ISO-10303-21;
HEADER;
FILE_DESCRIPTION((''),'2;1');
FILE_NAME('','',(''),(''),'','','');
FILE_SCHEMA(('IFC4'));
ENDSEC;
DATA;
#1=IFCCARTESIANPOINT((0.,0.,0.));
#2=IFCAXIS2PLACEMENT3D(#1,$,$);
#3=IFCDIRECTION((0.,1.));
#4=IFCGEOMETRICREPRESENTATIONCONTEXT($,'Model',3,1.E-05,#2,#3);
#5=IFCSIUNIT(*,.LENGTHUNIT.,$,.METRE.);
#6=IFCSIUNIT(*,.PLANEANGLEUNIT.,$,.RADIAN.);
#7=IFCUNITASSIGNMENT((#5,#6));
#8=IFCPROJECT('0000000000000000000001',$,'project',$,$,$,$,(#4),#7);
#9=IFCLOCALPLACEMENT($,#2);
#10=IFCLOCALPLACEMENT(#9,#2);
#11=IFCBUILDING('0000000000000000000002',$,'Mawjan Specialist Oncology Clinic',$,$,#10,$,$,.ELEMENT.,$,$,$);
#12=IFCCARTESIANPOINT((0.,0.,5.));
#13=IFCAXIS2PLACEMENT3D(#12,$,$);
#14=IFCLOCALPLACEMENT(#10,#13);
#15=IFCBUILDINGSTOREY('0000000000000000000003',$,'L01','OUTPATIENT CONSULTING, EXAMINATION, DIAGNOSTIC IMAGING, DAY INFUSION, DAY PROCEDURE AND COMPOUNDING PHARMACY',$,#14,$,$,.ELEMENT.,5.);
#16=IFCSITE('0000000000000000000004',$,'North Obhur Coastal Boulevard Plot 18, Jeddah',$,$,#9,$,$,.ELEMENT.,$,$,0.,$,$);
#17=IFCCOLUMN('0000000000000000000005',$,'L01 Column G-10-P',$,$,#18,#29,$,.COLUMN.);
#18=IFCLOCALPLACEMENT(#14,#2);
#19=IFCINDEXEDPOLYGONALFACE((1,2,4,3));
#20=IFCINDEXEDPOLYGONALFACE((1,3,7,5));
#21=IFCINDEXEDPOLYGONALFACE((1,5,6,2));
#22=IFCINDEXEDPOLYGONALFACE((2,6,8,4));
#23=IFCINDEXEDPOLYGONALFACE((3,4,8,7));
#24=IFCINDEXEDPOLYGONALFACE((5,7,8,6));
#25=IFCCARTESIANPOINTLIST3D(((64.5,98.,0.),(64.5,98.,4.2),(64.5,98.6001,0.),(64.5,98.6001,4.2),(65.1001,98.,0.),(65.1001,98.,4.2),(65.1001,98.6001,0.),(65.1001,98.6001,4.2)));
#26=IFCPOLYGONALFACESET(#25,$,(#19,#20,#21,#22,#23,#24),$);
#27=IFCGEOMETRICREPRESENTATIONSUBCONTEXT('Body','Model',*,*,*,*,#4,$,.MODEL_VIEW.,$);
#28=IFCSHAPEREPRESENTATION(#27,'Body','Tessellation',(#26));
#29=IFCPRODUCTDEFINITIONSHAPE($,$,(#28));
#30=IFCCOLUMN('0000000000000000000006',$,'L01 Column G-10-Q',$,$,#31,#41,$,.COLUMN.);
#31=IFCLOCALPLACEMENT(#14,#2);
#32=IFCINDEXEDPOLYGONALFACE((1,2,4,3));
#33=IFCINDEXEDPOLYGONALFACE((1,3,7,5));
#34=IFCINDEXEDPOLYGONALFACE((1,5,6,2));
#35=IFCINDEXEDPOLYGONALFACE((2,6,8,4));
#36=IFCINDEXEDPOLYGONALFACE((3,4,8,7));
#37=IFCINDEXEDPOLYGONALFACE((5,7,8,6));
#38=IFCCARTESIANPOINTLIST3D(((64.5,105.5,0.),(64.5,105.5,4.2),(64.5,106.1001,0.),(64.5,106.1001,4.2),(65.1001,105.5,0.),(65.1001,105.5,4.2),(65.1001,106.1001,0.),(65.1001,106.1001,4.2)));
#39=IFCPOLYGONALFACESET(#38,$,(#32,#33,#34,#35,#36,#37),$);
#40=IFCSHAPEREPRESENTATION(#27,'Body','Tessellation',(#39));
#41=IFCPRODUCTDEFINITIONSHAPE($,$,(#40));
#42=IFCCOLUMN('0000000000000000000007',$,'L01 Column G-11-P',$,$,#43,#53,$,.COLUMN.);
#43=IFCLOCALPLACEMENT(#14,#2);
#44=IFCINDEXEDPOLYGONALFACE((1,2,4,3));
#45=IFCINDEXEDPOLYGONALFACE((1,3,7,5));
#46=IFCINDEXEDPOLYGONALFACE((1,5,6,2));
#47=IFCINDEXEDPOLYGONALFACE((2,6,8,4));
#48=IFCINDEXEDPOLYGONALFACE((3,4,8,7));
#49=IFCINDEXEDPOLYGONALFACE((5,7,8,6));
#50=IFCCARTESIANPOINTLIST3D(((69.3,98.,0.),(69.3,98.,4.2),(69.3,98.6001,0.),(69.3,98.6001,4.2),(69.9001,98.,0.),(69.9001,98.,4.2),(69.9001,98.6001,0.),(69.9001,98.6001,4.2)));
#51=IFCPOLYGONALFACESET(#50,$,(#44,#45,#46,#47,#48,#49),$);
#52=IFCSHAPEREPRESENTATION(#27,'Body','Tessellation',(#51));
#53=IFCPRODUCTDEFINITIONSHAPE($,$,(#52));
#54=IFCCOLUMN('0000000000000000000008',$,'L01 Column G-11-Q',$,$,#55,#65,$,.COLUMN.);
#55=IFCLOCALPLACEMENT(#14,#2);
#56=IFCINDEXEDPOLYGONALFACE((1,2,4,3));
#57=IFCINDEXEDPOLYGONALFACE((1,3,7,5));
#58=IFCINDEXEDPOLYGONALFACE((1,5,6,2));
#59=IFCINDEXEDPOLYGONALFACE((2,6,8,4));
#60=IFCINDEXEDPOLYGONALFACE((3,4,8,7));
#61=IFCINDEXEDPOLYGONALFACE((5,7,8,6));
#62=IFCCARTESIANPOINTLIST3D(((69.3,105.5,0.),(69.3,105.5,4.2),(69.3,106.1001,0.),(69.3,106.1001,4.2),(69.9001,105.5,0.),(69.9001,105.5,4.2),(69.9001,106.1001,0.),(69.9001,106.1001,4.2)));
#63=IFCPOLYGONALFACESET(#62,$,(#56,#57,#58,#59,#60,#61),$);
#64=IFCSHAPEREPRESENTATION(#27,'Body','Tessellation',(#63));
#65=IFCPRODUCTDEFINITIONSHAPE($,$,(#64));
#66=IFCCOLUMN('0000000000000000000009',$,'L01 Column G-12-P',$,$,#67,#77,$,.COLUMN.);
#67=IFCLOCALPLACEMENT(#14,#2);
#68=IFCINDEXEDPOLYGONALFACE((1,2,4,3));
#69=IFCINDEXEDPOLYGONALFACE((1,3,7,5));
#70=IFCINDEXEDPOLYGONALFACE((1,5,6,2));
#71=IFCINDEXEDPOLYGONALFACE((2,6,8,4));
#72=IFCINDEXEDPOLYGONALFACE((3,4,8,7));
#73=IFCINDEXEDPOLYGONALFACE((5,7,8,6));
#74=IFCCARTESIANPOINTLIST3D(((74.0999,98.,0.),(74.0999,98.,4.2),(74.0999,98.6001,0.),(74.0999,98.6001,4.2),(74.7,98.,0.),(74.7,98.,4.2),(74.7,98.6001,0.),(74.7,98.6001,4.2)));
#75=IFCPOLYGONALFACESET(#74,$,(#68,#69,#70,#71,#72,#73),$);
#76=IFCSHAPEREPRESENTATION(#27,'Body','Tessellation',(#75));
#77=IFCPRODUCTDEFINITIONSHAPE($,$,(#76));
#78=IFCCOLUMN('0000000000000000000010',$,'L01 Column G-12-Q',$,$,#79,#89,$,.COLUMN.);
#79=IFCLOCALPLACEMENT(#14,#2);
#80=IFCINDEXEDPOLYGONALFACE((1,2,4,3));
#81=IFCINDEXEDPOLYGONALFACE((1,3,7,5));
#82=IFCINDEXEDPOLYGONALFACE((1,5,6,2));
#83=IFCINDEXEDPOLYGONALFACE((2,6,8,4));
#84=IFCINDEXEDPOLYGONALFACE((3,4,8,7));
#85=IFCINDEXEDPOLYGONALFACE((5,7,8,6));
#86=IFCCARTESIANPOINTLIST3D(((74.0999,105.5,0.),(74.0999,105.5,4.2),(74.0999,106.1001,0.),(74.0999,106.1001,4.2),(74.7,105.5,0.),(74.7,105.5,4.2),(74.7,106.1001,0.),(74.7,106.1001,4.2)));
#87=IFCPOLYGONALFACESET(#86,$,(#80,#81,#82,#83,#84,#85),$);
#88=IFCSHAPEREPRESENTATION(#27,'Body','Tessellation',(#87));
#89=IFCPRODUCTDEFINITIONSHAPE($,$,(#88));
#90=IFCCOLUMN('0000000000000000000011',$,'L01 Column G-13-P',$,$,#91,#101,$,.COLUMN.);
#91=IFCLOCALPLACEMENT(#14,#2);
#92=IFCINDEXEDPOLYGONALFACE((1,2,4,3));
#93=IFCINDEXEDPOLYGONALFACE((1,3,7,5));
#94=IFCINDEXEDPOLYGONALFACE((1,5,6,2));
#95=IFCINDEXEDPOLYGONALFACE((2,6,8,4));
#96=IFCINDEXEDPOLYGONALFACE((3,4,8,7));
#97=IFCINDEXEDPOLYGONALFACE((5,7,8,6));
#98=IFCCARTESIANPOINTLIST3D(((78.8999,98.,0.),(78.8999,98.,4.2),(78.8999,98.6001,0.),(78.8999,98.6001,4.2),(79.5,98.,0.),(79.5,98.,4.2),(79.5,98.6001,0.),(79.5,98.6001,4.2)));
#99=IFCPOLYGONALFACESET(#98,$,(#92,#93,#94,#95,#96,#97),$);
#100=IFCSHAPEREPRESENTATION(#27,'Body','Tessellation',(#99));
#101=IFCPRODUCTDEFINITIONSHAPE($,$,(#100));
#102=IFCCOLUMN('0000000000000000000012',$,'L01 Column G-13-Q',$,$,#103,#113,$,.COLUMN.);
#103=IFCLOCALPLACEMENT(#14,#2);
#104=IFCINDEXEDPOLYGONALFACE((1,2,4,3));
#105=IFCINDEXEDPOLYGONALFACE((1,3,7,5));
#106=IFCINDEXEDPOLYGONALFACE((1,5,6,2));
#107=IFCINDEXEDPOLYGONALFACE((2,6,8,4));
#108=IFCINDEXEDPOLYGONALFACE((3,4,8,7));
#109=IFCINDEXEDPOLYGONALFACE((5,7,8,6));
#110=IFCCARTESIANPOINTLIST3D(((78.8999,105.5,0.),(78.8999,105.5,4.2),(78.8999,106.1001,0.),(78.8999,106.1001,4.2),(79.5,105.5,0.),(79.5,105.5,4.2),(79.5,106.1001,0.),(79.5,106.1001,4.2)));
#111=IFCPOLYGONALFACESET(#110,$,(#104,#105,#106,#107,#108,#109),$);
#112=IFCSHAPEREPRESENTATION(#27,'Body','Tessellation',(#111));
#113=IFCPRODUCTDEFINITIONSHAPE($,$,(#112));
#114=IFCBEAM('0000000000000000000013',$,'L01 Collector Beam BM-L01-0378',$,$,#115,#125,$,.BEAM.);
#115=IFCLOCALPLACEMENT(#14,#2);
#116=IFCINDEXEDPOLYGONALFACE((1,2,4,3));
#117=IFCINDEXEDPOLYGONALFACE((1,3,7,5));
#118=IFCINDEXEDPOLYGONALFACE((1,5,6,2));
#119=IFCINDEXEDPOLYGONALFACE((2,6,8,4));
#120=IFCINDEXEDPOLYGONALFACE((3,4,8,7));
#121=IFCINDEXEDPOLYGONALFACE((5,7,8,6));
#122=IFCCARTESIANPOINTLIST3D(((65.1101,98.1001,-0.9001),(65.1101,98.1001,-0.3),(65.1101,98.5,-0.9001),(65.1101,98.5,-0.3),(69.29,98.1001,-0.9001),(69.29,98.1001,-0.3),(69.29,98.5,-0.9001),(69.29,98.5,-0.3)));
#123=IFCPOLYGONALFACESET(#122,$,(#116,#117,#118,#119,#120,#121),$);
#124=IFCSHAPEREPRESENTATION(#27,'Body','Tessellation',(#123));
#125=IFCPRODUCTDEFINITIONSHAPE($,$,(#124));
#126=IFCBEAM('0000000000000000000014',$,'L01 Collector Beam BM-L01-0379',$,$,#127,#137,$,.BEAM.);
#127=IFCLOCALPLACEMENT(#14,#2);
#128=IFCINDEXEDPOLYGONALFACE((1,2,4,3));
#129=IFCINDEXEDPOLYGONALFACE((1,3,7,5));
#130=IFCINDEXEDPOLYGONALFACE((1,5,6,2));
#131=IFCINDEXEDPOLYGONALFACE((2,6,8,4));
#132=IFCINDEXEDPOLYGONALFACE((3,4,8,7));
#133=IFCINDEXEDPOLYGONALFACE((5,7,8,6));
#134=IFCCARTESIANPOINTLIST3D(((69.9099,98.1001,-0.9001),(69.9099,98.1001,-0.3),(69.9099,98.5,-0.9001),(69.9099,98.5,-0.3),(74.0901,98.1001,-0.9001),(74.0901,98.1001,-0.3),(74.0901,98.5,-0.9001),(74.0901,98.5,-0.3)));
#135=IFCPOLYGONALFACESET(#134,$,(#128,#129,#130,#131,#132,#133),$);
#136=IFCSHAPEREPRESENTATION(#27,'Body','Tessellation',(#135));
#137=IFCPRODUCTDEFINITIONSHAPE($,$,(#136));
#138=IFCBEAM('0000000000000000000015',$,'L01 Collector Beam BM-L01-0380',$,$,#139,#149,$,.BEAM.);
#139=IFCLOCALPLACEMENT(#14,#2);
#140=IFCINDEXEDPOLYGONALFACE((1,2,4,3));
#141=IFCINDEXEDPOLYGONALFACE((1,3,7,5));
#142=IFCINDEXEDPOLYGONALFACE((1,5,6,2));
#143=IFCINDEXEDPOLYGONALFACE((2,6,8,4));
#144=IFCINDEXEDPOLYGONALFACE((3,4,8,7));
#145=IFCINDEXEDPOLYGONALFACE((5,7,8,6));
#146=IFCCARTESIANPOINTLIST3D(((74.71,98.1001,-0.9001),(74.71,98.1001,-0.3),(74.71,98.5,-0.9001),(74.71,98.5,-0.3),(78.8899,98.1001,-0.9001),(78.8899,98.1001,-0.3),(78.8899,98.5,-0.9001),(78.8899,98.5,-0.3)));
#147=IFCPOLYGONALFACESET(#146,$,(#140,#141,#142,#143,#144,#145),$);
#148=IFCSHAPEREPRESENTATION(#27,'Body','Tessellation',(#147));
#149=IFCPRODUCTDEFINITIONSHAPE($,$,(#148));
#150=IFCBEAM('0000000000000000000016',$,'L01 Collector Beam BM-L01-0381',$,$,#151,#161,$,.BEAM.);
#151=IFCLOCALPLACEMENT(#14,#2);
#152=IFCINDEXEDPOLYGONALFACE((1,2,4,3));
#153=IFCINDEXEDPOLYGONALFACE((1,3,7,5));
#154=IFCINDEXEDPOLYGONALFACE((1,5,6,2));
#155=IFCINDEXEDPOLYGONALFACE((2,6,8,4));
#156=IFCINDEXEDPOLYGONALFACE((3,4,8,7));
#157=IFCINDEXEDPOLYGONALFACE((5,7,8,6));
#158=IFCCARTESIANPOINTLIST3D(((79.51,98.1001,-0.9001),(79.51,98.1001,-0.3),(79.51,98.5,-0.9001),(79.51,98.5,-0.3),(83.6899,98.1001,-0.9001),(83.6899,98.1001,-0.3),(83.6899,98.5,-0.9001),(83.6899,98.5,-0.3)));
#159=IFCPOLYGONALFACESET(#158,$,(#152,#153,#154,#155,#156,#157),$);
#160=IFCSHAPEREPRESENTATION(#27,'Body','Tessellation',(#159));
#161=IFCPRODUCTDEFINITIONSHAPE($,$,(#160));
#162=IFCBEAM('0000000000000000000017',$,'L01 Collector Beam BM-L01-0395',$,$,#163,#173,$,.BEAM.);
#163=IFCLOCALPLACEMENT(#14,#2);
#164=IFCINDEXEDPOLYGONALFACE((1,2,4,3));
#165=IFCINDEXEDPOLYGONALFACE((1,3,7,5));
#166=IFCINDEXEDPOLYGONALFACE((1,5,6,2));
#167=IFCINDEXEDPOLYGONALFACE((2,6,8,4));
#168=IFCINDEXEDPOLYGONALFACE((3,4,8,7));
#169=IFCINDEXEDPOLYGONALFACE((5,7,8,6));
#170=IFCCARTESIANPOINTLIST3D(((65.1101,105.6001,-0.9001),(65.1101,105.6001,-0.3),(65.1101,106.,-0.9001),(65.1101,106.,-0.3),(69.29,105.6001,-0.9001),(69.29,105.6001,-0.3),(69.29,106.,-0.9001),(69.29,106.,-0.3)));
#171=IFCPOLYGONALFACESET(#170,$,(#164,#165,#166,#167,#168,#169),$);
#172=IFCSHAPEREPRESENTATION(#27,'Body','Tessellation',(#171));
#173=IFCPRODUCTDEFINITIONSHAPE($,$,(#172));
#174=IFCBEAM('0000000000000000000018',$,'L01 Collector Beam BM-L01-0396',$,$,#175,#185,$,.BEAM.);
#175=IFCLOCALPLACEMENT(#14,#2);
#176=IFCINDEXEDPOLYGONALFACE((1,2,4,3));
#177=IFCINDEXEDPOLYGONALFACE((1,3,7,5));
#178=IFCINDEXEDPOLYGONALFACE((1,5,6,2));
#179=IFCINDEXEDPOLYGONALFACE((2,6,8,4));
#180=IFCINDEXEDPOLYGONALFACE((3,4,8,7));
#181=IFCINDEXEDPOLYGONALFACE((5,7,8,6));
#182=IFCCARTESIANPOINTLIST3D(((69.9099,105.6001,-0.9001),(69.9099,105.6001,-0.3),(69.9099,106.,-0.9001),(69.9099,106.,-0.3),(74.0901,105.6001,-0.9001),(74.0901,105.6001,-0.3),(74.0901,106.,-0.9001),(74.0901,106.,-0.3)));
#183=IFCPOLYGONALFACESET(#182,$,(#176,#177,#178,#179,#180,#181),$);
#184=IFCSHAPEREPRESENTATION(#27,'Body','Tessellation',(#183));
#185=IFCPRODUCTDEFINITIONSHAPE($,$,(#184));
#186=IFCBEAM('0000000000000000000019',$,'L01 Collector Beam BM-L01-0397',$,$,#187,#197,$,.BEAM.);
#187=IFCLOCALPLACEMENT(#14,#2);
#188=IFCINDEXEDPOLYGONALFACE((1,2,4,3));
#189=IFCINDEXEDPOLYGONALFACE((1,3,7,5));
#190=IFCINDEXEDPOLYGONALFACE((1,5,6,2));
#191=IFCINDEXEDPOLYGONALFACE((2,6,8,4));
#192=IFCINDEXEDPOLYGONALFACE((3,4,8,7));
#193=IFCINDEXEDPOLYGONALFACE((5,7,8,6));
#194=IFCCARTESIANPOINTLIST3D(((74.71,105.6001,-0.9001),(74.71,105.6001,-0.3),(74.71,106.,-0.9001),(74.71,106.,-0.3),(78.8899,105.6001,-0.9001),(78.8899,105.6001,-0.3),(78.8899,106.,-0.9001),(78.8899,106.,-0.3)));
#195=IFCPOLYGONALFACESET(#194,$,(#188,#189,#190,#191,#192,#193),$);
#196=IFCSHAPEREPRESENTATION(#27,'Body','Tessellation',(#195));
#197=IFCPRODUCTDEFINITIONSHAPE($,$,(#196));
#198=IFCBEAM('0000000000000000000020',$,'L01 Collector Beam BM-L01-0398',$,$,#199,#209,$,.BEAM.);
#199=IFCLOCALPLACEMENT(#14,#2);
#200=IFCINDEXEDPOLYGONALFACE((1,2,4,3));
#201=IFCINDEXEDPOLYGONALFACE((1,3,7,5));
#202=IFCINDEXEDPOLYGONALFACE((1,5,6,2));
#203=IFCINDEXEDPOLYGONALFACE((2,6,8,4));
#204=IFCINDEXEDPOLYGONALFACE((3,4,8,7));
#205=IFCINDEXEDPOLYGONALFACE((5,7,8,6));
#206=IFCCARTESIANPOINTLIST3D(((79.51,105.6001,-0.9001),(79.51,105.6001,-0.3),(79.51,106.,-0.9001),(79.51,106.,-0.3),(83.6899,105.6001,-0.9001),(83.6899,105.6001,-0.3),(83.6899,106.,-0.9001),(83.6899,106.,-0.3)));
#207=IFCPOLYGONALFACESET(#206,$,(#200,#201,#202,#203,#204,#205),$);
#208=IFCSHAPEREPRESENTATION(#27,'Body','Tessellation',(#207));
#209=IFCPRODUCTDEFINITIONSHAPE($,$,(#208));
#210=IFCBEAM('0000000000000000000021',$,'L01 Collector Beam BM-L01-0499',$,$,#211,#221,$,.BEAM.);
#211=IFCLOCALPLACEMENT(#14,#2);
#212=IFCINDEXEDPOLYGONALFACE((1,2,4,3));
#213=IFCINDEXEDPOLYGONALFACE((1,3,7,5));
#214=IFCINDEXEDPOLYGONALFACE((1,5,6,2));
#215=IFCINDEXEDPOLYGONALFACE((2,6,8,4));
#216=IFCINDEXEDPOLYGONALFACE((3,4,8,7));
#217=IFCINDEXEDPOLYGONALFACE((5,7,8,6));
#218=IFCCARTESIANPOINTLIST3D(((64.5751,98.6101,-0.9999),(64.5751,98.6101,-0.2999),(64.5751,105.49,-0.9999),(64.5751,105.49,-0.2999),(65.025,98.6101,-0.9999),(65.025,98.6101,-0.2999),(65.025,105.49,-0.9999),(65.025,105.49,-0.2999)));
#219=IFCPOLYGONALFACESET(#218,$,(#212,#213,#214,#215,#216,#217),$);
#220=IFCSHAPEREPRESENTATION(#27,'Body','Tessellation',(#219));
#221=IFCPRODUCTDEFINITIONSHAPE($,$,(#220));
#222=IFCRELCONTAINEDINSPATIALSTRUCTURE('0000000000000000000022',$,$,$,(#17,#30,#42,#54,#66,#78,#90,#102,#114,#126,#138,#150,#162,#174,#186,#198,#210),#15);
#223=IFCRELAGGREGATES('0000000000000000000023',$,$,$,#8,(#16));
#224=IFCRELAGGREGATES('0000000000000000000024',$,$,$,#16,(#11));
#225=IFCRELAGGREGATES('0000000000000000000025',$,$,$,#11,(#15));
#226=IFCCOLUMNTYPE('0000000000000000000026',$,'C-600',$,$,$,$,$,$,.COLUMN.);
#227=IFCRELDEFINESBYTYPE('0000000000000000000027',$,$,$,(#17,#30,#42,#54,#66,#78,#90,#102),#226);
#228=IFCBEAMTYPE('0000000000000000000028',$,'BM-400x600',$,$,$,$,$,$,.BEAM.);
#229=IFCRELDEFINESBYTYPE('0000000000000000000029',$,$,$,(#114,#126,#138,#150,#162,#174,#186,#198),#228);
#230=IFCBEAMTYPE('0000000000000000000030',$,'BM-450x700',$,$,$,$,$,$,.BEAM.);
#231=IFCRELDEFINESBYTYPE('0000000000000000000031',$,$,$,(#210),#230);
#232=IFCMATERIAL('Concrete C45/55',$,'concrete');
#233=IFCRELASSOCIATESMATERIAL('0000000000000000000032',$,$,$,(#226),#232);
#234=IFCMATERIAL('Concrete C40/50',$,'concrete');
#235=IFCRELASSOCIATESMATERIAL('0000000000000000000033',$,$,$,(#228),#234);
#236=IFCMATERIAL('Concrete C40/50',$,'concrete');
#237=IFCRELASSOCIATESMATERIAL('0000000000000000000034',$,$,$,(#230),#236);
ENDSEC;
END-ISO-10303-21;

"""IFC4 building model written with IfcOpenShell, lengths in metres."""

from ifc_helpers import new_model, si_unit, direction, frame, origin, origin_2d, place, context, subcontext, project, spatial, rectangle, extrude, material, material_profile, profile_set, type_object, element, save


model = new_model("IFC4")

# Units and contexts
model_context = context("Model", 3, precision=1e-05, world=origin(), true_north=direction((0.0, 1.0)))
body_context = subcontext(model_context, "Body", "Model", "MODEL_VIEW")
ifc_project = project(units=[si_unit("LENGTHUNIT", "METRE"), si_unit("PLANEANGLEUNIT", "RADIAN")], contexts=[model_context])

# Site, building, storey
site_placement = place(None, origin())
site = spatial("IfcSite", under=ifc_project, at=site_placement, Name="North Obhur Coastal Boulevard Plot 18, Jeddah", CompositionType="ELEMENT", RefElevation=0.0)
building_placement = place(site_placement, origin())
building = spatial("IfcBuilding", under=site, at=building_placement, Name="Mawjan Specialist Oncology Clinic", CompositionType="ELEMENT")
storey_placement = place(building_placement, frame((0.0, 0.0, 5.0)))
storey = spatial("IfcBuildingStorey", under=building, at=storey_placement, Name="L01", Description="OUTPATIENT CONSULTING, EXAMINATION, DIAGNOSTIC IMAGING, DAY INFUSION, DAY PROCEDURE AND COMPOUNDING PHARMACY", CompositionType="ELEMENT", Elevation=5.0)

# Columns
ifc_material_1 = material(Name="Concrete C45/55", Category="concrete")
ifc_material_profile_1 = material_profile(ifc_material_1, rectangle(XDim=0.6001, YDim=0.6001, at=origin_2d()), Name="RC COL 600x600", Category="concrete")
ifc_profile_set_1 = profile_set([ifc_material_profile_1], Name="Concrete C45/55")
column_type = type_object("IfcColumnType", Name="C-600", PredefinedType="COLUMN", material=ifc_profile_set_1)
for number, where, z_axis, x_axis, name in (
    (1, (64.8, 98.3, 0.0), (0.0, 0.0, 1.0), (1.0, 0.0, 0.0), "L01 Column G-10-P"),
    (2, (64.8, 105.8, 0.0), (0.0, 0.0, 1.0), (1.0, 0.0, 0.0), "L01 Column G-10-Q"),
    (3, (69.6001, 98.3, 0.0), (0.0, 0.0, 1.0), (1.0, 0.0, 0.0), "L01 Column G-11-P"),
    (4, (69.6001, 105.8, 0.0), (0.0, 0.0, 1.0), (1.0, 0.0, 0.0), "L01 Column G-11-Q"),
    (5, (74.3999, 98.3, 0.0), (0.0, 0.0, 1.0), (1.0, 0.0, 0.0), "L01 Column G-12-P"),
    (6, (74.3999, 105.8, 0.0), (0.0, 0.0, 1.0), (1.0, 0.0, 0.0), "L01 Column G-12-Q"),
    (7, (79.2, 98.3, 0.0), (0.0, 0.0, 1.0), (1.0, 0.0, 0.0), "L01 Column G-13-P"),
    (8, (79.2, 105.8, 0.0), (0.0, 0.0, 1.0), (1.0, 0.0, 0.0), "L01 Column G-13-Q"),
):
    element("IfcColumn", number, at=place(storey_placement, frame(where, z_axis=z_axis, x_axis=x_axis)), inside=storey, type_object=column_type, Name=name, PredefinedType="COLUMN", context=body_context, shape_type="SweptSolid", body=[
        extrude(rectangle(XDim=0.6001, YDim=0.6001, at=origin_2d()), origin(), (0.0, 0.0, 1.0), 4.2),
    ])

# Beams
ifc_material_2 = material(Name="Concrete C40/50", Category="concrete")
ifc_material_profile_2 = material_profile(ifc_material_2, rectangle(XDim=0.3999, YDim=0.6001, at=origin_2d()), Name="RC BM 400x600", Category="concrete")
ifc_profile_set_2 = profile_set([ifc_material_profile_2], Name="Concrete C40/50")
beam_type_1 = type_object("IfcBeamType", Name="BM-400x600", PredefinedType="BEAM", material=ifc_profile_set_2)
beam_1_placement = place(storey_placement, frame((65.1101, 98.3, -0.6001), z_axis=(1.0, 0.0, 0.0), x_axis=(0.0, 1.0, 0.0)))
element("IfcBeam", 9, at=beam_1_placement, inside=storey, type_object=beam_type_1, Name="L01 Collector Beam BM-L01-0378", PredefinedType="BEAM", context=body_context, shape_type="SweptSolid", body=[
    extrude(rectangle(XDim=0.3999, YDim=0.6001, at=origin_2d()), origin(), (0.0, 0.0, 1.0), 4.1799),
])
beam_2_placement = place(storey_placement, frame((69.9099, 98.3, -0.6001), z_axis=(1.0, 0.0, 0.0), x_axis=(0.0, 1.0, 0.0)))
element("IfcBeam", 10, at=beam_2_placement, inside=storey, type_object=beam_type_1, Name="L01 Collector Beam BM-L01-0379", PredefinedType="BEAM", context=body_context, shape_type="SweptSolid", body=[
    extrude(rectangle(XDim=0.3999, YDim=0.6001, at=origin_2d()), origin(), (0.0, 0.0, 1.0), 4.1802),
])
for number, where, z_axis, x_axis, name in (
    (11, (74.71, 98.3, -0.6001), (1.0, 0.0, 0.0), (0.0, 1.0, 0.0), "L01 Collector Beam BM-L01-0380"),
    (12, (79.51, 98.3, -0.6001), (1.0, 0.0, 0.0), (0.0, 1.0, 0.0), "L01 Collector Beam BM-L01-0381"),
    (13, (65.1101, 105.8, -0.6001), (1.0, 0.0, 0.0), (0.0, 1.0, 0.0), "L01 Collector Beam BM-L01-0395"),
):
    element("IfcBeam", number, at=place(storey_placement, frame(where, z_axis=z_axis, x_axis=x_axis)), inside=storey, type_object=beam_type_1, Name=name, PredefinedType="BEAM", context=body_context, shape_type="SweptSolid", body=[
        extrude(rectangle(XDim=0.3999, YDim=0.6001, at=origin_2d()), origin(), (0.0, 0.0, 1.0), 4.1799),
    ])
beam_3_placement = place(storey_placement, frame((69.9099, 105.8, -0.6001), z_axis=(1.0, 0.0, 0.0), x_axis=(0.0, 1.0, 0.0)))
element("IfcBeam", 14, at=beam_3_placement, inside=storey, type_object=beam_type_1, Name="L01 Collector Beam BM-L01-0396", PredefinedType="BEAM", context=body_context, shape_type="SweptSolid", body=[
    extrude(rectangle(XDim=0.3999, YDim=0.6001, at=origin_2d()), origin(), (0.0, 0.0, 1.0), 4.1802),
])
for number, where, z_axis, x_axis, name in (
    (15, (74.71, 105.8, -0.6001), (1.0, 0.0, 0.0), (0.0, 1.0, 0.0), "L01 Collector Beam BM-L01-0397"),
    (16, (79.51, 105.8, -0.6001), (1.0, 0.0, 0.0), (0.0, 1.0, 0.0), "L01 Collector Beam BM-L01-0398"),
):
    element("IfcBeam", number, at=place(storey_placement, frame(where, z_axis=z_axis, x_axis=x_axis)), inside=storey, type_object=beam_type_1, Name=name, PredefinedType="BEAM", context=body_context, shape_type="SweptSolid", body=[
        extrude(rectangle(XDim=0.3999, YDim=0.6001, at=origin_2d()), origin(), (0.0, 0.0, 1.0), 4.1799),
    ])
ifc_material_3 = material(Name="Concrete C40/50", Category="concrete")
ifc_material_profile_3 = material_profile(ifc_material_3, rectangle(XDim=0.45, YDim=0.7, at=origin_2d()), Name="RC BM 450x700", Category="concrete")
ifc_profile_set_3 = profile_set([ifc_material_profile_3], Name="Concrete C40/50")
beam_type_2 = type_object("IfcBeamType", Name="BM-450x700", PredefinedType="BEAM", material=ifc_profile_set_3)
beam_4_placement = place(storey_placement, frame((64.8, 98.6101, -0.6499), z_axis=(0.0, 1.0, 0.0), x_axis=(-1.0, 0.0, 0.0)))
element("IfcBeam", 17, at=beam_4_placement, inside=storey, type_object=beam_type_2, Name="L01 Collector Beam BM-L01-0499", PredefinedType="BEAM", context=body_context, shape_type="SweptSolid", body=[
    extrude(rectangle(XDim=0.45, YDim=0.7, at=origin_2d()), origin(), (0.0, 0.0, 1.0), 6.8799),
])

save(model, "model.ifc")
